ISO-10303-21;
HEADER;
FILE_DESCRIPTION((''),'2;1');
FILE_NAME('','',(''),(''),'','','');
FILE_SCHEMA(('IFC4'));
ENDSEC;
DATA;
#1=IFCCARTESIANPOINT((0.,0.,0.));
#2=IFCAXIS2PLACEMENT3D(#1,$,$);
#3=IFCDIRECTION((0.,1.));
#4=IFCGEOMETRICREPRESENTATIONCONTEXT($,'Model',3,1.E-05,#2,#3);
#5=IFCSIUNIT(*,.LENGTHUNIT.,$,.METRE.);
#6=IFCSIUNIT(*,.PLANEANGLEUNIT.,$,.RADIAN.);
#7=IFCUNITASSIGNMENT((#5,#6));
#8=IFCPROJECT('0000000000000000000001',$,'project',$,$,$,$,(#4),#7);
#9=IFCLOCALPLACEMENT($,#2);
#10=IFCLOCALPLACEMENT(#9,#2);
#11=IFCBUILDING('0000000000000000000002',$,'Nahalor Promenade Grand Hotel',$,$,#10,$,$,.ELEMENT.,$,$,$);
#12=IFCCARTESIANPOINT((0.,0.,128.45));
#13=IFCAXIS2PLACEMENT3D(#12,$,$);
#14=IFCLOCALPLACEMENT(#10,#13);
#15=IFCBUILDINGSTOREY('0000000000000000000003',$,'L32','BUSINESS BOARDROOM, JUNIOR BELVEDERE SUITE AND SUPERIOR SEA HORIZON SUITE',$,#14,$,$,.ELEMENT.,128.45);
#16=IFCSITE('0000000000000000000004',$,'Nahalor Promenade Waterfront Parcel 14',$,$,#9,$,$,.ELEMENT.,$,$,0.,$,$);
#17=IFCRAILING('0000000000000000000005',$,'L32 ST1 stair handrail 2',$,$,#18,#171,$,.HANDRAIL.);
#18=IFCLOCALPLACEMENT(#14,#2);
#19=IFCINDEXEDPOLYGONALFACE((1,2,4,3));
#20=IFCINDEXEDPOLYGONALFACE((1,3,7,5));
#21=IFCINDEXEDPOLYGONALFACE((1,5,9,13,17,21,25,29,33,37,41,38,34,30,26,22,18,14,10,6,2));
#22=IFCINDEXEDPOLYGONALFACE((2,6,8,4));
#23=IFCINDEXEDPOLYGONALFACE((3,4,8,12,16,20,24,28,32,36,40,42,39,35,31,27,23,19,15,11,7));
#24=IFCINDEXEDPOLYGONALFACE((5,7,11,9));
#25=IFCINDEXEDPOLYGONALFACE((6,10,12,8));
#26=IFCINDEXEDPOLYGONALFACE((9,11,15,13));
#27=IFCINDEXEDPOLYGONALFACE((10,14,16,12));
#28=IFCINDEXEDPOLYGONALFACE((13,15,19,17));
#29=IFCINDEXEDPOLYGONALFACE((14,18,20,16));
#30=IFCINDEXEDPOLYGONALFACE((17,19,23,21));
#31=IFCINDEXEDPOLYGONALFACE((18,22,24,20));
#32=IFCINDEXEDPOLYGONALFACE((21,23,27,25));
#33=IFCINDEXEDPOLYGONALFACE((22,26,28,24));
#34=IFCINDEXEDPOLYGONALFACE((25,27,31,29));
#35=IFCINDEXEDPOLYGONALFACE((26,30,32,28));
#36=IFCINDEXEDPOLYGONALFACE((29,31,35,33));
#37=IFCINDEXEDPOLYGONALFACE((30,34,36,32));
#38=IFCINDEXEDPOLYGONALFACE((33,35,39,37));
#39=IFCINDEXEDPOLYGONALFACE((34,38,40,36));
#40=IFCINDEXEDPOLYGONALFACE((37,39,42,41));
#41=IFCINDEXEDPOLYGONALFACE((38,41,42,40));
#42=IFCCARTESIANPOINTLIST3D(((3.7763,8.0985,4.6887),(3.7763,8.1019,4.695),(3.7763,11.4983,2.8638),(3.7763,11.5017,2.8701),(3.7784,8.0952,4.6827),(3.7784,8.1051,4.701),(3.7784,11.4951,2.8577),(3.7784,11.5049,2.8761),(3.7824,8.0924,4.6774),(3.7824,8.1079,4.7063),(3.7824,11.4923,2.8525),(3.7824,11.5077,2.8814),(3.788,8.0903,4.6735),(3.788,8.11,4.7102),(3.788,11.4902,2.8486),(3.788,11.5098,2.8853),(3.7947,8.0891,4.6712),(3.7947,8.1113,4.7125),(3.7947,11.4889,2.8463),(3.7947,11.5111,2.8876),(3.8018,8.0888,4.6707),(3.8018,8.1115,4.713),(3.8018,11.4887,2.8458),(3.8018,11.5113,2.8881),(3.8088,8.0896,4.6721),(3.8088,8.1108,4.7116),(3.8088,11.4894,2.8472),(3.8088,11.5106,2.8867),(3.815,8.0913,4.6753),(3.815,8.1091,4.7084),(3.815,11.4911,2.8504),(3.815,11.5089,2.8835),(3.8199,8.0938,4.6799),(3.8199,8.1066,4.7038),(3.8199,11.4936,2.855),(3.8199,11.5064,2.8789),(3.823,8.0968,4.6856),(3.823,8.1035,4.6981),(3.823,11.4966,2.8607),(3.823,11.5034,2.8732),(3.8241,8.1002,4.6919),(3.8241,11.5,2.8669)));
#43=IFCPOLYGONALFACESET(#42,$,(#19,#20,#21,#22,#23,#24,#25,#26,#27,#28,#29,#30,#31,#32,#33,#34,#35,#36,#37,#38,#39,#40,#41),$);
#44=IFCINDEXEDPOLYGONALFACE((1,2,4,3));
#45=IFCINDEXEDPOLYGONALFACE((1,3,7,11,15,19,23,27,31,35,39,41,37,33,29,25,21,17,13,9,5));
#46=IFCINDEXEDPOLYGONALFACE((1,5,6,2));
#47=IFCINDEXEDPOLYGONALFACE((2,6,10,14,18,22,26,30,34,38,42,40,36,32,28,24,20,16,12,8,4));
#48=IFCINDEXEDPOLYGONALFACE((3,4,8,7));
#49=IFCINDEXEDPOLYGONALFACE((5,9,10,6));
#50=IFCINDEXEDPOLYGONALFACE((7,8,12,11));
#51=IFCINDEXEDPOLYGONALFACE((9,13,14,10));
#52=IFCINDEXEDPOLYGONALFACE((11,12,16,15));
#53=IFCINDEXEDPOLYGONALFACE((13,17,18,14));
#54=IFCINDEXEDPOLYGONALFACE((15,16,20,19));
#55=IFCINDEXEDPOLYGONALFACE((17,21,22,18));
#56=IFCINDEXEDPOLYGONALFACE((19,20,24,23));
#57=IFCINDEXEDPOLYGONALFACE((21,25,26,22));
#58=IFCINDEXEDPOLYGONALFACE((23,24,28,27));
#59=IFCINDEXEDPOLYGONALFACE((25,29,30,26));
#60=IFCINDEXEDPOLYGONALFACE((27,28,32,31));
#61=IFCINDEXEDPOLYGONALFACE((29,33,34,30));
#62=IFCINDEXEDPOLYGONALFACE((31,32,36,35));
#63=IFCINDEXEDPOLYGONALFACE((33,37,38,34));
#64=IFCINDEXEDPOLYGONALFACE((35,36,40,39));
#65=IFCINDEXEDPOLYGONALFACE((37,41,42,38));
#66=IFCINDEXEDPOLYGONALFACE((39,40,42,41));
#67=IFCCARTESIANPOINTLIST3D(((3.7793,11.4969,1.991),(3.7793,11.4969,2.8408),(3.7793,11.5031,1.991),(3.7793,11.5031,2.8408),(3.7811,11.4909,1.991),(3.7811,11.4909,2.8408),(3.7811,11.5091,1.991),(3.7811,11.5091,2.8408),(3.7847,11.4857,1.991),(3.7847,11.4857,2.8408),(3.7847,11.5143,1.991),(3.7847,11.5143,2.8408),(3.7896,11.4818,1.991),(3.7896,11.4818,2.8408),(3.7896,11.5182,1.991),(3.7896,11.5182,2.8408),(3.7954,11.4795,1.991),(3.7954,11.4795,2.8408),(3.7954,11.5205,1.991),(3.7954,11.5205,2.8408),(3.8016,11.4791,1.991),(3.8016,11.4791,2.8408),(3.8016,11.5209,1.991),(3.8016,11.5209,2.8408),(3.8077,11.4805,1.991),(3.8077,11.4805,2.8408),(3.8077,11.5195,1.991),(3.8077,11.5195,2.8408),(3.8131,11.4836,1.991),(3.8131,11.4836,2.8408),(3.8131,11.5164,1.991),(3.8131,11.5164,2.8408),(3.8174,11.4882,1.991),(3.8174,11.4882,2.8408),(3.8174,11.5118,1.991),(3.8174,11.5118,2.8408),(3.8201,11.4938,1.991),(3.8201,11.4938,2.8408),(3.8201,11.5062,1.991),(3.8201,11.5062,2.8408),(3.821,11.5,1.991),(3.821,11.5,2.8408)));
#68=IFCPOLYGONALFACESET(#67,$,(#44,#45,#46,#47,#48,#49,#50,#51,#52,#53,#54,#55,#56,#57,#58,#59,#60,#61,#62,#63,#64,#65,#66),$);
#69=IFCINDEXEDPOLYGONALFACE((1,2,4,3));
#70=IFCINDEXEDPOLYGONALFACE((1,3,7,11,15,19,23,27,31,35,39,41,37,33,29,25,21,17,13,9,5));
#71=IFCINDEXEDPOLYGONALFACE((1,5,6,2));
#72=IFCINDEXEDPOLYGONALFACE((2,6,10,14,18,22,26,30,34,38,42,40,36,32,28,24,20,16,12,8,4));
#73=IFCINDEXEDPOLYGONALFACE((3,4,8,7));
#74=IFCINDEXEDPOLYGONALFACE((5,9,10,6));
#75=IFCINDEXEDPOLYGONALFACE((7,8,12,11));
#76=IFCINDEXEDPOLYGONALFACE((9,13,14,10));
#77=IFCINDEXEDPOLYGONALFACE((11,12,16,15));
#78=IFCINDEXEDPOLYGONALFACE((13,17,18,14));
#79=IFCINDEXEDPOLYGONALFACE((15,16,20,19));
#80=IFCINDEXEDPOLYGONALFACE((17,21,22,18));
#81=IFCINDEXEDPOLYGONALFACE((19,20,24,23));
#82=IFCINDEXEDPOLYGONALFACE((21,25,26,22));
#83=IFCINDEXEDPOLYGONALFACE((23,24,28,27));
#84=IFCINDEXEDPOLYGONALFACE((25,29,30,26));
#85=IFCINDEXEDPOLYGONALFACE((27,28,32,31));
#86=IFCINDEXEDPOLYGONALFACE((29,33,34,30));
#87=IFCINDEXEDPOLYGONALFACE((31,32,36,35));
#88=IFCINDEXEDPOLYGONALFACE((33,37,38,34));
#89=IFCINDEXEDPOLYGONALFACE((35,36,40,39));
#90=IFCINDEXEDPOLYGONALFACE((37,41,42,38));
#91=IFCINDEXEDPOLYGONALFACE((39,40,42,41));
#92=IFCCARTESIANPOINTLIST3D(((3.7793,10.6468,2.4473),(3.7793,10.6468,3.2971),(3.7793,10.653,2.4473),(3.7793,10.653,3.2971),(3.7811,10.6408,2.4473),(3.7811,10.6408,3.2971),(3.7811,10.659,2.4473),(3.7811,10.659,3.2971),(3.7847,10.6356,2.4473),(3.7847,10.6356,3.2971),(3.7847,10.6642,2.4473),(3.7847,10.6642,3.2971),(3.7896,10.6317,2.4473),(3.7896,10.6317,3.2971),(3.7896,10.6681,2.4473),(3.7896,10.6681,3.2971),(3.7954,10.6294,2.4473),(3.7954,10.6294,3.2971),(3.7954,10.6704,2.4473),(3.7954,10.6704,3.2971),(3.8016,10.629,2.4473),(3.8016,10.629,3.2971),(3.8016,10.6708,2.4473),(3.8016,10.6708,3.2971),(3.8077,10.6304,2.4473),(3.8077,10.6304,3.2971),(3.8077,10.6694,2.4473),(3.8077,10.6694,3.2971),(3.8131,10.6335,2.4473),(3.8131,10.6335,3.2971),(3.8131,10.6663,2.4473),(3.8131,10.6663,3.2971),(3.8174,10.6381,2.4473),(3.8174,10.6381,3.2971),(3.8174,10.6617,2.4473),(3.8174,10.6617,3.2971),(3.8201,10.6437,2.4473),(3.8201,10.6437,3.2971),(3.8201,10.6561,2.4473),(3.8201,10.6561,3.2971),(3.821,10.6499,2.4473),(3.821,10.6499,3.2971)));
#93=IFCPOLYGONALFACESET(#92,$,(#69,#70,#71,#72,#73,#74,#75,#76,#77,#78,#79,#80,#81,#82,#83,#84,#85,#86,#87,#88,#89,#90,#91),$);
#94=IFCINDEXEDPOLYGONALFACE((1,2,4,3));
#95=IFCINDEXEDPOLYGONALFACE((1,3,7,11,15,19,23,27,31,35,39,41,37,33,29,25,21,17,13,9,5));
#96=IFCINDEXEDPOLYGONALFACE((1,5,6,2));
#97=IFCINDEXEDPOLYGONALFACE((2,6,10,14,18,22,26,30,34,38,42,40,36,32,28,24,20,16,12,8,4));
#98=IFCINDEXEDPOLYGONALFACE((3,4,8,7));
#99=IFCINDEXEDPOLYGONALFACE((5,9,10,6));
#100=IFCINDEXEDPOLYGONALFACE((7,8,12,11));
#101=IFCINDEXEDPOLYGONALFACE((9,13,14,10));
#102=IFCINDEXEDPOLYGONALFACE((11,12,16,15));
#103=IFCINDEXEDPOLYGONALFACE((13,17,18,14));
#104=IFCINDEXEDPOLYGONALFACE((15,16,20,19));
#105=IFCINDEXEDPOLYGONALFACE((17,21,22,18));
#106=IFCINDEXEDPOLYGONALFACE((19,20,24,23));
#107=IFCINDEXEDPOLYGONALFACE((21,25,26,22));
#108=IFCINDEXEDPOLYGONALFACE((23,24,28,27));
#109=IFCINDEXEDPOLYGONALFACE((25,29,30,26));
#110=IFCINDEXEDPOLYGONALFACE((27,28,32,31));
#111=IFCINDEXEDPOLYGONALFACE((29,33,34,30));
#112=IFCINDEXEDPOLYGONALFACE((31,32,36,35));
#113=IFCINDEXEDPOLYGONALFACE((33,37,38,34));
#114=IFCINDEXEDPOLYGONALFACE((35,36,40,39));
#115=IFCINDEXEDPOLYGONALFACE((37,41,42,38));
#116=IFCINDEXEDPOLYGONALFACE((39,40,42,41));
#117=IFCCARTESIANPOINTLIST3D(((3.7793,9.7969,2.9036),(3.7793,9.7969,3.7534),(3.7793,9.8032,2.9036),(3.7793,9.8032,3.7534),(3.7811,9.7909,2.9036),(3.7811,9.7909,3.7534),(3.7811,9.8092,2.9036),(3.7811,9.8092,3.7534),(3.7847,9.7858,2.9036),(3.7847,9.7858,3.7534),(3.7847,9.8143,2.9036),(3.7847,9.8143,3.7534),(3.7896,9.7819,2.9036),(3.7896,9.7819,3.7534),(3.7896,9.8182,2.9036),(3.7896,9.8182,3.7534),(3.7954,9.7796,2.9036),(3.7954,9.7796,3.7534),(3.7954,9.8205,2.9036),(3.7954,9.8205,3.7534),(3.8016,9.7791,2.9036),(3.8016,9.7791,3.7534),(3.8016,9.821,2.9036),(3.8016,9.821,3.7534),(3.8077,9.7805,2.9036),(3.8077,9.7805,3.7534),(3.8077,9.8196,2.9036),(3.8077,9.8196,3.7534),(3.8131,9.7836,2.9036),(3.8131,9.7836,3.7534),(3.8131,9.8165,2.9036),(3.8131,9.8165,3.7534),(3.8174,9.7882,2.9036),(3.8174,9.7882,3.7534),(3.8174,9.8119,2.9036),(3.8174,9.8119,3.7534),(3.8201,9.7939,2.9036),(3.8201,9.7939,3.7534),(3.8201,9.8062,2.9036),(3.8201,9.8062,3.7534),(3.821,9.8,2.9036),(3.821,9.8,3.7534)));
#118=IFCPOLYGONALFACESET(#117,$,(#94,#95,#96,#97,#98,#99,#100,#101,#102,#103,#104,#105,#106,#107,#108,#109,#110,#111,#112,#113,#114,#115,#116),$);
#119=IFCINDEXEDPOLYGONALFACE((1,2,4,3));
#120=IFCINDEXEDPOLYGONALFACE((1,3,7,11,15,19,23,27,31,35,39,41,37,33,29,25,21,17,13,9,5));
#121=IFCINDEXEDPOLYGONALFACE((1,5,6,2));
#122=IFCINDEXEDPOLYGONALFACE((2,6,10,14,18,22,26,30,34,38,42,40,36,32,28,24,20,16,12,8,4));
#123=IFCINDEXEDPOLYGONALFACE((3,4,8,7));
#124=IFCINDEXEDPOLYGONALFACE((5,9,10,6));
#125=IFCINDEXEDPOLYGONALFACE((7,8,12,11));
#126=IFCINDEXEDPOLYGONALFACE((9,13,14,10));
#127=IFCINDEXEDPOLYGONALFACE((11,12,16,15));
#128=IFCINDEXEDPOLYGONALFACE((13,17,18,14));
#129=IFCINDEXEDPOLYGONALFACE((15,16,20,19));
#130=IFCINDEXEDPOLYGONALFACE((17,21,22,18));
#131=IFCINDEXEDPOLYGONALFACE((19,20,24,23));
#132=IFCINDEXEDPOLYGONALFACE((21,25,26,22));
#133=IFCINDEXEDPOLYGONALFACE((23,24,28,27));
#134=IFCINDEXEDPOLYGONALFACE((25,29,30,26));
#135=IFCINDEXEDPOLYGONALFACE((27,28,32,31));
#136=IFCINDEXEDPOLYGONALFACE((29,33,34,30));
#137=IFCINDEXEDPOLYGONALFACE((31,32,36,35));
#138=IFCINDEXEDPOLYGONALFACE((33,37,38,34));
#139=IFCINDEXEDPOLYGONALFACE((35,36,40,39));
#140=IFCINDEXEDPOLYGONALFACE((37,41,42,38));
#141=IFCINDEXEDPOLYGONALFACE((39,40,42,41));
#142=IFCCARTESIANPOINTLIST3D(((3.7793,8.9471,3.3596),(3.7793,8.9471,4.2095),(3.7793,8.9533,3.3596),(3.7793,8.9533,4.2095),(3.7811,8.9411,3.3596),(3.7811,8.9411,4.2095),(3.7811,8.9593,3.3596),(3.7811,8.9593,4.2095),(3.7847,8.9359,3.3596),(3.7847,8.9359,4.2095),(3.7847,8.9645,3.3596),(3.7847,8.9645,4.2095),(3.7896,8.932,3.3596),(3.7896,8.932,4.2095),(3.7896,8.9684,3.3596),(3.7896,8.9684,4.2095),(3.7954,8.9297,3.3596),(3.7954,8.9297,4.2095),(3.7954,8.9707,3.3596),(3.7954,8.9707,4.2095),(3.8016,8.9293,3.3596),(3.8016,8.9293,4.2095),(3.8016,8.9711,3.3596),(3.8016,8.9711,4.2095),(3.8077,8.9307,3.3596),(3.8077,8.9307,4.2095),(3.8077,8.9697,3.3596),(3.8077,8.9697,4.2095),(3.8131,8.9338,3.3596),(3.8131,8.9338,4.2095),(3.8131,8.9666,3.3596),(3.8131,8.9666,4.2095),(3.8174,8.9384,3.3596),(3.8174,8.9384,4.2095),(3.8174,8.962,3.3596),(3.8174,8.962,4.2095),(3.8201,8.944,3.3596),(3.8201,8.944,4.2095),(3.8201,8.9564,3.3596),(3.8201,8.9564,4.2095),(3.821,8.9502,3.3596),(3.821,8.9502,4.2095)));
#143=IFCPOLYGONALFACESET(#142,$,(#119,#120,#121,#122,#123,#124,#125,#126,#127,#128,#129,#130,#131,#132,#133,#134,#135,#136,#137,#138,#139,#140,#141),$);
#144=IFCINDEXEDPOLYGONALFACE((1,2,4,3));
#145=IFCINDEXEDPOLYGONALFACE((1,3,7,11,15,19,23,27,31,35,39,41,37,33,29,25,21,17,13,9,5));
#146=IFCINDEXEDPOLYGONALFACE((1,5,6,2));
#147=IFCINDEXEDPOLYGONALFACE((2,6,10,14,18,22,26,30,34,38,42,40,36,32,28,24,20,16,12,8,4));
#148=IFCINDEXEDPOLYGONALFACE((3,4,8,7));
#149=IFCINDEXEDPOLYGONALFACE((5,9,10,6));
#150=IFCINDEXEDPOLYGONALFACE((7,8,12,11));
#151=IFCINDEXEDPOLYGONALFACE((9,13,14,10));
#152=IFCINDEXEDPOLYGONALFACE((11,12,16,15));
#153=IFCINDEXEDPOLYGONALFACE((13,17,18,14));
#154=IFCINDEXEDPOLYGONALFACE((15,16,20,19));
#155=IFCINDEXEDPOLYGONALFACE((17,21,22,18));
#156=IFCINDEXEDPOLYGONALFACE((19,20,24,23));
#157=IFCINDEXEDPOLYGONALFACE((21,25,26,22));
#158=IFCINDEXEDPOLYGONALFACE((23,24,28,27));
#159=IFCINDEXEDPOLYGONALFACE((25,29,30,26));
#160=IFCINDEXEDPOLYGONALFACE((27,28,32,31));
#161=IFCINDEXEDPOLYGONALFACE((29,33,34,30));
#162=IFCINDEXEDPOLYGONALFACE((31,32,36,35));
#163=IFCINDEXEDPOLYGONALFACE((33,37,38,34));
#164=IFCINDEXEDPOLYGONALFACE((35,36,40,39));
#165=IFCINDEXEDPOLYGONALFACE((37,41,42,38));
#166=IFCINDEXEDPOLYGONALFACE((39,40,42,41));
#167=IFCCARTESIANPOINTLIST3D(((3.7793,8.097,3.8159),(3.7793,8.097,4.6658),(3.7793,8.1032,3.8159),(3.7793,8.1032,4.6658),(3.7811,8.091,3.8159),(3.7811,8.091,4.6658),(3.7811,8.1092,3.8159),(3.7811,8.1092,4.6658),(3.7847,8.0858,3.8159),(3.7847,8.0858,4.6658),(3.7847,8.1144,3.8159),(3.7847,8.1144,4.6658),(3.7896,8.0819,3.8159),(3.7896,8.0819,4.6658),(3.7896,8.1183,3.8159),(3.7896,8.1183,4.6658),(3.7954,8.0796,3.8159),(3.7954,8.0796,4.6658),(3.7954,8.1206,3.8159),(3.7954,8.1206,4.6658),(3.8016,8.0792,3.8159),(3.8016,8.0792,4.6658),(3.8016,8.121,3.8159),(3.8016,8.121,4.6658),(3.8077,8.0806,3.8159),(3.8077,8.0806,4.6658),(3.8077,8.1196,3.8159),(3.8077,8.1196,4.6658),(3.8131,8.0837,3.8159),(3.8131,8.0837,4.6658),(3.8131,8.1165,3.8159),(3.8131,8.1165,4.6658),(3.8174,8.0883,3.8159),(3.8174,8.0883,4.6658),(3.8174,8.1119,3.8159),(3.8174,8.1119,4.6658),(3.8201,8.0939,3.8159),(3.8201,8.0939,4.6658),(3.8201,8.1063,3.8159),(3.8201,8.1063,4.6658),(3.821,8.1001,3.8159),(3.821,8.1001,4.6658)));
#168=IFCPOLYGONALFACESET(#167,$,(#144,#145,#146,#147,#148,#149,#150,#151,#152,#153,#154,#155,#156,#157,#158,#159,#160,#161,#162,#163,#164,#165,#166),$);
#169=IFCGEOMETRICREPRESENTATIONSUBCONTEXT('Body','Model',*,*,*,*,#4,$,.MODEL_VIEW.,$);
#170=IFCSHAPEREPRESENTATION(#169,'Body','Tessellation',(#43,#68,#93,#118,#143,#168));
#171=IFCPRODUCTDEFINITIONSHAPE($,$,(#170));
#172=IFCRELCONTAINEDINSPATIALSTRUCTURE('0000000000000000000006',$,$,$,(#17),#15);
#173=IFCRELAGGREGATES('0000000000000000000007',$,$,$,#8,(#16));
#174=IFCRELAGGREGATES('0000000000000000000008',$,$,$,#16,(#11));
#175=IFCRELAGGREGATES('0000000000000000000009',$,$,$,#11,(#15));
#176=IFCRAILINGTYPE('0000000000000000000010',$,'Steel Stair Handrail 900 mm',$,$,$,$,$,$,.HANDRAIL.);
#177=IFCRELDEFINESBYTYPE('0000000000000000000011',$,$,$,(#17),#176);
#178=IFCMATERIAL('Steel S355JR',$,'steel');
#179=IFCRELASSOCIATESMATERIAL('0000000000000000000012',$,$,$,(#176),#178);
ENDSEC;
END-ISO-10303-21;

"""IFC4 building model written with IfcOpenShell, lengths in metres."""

from ifc_helpers import new_model, si_unit, direction, frame, origin, origin_2d, place, context, subcontext, project, spatial, circle, extrude, material, type_object, element, save


model = new_model("IFC4")

# Units and contexts
model_context = context("Model", 3, precision=1e-05, world=origin(), true_north=direction((0.0, 1.0)))
body_context = subcontext(model_context, "Body", "Model", "MODEL_VIEW")
ifc_project = project(units=[si_unit("LENGTHUNIT", "METRE"), si_unit("PLANEANGLEUNIT", "RADIAN")], contexts=[model_context])

# Site, building, storey
site_placement = place(None, origin())
site = spatial("IfcSite", under=ifc_project, at=site_placement, Name="Nahalor Promenade Waterfront Parcel 14", CompositionType="ELEMENT", RefElevation=0.0)
building_placement = place(site_placement, origin())
building = spatial("IfcBuilding", under=site, at=building_placement, Name="Nahalor Promenade Grand Hotel", CompositionType="ELEMENT")
storey_placement = place(building_placement, frame((0.0, 0.0, 128.45)))
storey = spatial("IfcBuildingStorey", under=building, at=storey_placement, Name="L32", Description="BUSINESS BOARDROOM, JUNIOR BELVEDERE SUITE AND SUPERIOR SEA HORIZON SUITE", CompositionType="ELEMENT", Elevation=128.45)

# Shared definitions
ifc_material_1 = material(Name="Steel S355JR", Category="steel")

# Railing
railing_type_1 = type_object("IfcRailingType", Name="Steel Stair Handrail 900 mm", PredefinedType="HANDRAIL", material=ifc_material_1)
railing_1_placement = place(storey_placement, frame((3.8, 11.5, 1.991)))
element("IfcRailing", 1, at=railing_1_placement, inside=storey, type_object=railing_type_1, Name="L32 ST1 stair handrail 2", PredefinedType="HANDRAIL", context=body_context, shape_type="SweptSolid", body=[
    extrude(circle(Radius=0.024, at=origin_2d()), frame((0.0, 0.0, 0.876), z_axis=(0.0, -0.881094, 0.472941), x_axis=(1.0, 0.0, 0.0)), (0.0, 0.0, 1.0), 3.8586),
    extrude(circle(Radius=0.021, at=origin_2d()), origin(), (0.0, 0.0, 1.0), 0.8499),
    extrude(circle(Radius=0.021, at=origin_2d()), frame((0.0, -0.8501, 0.4563)), (0.0, 0.0, 1.0), 0.8499),
    extrude(circle(Radius=0.021, at=origin_2d()), frame((0.0, -1.7, 0.9126)), (0.0, 0.0, 1.0), 0.8499),
    extrude(circle(Radius=0.021, at=origin_2d()), frame((0.0, -2.5498, 1.3687)), (0.0, 0.0, 1.0), 0.8499),
    extrude(circle(Radius=0.021, at=origin_2d()), frame((0.0, -3.3999, 1.825)), (0.0, 0.0, 1.0), 0.8499),
])

save(model, "model.ifc")
